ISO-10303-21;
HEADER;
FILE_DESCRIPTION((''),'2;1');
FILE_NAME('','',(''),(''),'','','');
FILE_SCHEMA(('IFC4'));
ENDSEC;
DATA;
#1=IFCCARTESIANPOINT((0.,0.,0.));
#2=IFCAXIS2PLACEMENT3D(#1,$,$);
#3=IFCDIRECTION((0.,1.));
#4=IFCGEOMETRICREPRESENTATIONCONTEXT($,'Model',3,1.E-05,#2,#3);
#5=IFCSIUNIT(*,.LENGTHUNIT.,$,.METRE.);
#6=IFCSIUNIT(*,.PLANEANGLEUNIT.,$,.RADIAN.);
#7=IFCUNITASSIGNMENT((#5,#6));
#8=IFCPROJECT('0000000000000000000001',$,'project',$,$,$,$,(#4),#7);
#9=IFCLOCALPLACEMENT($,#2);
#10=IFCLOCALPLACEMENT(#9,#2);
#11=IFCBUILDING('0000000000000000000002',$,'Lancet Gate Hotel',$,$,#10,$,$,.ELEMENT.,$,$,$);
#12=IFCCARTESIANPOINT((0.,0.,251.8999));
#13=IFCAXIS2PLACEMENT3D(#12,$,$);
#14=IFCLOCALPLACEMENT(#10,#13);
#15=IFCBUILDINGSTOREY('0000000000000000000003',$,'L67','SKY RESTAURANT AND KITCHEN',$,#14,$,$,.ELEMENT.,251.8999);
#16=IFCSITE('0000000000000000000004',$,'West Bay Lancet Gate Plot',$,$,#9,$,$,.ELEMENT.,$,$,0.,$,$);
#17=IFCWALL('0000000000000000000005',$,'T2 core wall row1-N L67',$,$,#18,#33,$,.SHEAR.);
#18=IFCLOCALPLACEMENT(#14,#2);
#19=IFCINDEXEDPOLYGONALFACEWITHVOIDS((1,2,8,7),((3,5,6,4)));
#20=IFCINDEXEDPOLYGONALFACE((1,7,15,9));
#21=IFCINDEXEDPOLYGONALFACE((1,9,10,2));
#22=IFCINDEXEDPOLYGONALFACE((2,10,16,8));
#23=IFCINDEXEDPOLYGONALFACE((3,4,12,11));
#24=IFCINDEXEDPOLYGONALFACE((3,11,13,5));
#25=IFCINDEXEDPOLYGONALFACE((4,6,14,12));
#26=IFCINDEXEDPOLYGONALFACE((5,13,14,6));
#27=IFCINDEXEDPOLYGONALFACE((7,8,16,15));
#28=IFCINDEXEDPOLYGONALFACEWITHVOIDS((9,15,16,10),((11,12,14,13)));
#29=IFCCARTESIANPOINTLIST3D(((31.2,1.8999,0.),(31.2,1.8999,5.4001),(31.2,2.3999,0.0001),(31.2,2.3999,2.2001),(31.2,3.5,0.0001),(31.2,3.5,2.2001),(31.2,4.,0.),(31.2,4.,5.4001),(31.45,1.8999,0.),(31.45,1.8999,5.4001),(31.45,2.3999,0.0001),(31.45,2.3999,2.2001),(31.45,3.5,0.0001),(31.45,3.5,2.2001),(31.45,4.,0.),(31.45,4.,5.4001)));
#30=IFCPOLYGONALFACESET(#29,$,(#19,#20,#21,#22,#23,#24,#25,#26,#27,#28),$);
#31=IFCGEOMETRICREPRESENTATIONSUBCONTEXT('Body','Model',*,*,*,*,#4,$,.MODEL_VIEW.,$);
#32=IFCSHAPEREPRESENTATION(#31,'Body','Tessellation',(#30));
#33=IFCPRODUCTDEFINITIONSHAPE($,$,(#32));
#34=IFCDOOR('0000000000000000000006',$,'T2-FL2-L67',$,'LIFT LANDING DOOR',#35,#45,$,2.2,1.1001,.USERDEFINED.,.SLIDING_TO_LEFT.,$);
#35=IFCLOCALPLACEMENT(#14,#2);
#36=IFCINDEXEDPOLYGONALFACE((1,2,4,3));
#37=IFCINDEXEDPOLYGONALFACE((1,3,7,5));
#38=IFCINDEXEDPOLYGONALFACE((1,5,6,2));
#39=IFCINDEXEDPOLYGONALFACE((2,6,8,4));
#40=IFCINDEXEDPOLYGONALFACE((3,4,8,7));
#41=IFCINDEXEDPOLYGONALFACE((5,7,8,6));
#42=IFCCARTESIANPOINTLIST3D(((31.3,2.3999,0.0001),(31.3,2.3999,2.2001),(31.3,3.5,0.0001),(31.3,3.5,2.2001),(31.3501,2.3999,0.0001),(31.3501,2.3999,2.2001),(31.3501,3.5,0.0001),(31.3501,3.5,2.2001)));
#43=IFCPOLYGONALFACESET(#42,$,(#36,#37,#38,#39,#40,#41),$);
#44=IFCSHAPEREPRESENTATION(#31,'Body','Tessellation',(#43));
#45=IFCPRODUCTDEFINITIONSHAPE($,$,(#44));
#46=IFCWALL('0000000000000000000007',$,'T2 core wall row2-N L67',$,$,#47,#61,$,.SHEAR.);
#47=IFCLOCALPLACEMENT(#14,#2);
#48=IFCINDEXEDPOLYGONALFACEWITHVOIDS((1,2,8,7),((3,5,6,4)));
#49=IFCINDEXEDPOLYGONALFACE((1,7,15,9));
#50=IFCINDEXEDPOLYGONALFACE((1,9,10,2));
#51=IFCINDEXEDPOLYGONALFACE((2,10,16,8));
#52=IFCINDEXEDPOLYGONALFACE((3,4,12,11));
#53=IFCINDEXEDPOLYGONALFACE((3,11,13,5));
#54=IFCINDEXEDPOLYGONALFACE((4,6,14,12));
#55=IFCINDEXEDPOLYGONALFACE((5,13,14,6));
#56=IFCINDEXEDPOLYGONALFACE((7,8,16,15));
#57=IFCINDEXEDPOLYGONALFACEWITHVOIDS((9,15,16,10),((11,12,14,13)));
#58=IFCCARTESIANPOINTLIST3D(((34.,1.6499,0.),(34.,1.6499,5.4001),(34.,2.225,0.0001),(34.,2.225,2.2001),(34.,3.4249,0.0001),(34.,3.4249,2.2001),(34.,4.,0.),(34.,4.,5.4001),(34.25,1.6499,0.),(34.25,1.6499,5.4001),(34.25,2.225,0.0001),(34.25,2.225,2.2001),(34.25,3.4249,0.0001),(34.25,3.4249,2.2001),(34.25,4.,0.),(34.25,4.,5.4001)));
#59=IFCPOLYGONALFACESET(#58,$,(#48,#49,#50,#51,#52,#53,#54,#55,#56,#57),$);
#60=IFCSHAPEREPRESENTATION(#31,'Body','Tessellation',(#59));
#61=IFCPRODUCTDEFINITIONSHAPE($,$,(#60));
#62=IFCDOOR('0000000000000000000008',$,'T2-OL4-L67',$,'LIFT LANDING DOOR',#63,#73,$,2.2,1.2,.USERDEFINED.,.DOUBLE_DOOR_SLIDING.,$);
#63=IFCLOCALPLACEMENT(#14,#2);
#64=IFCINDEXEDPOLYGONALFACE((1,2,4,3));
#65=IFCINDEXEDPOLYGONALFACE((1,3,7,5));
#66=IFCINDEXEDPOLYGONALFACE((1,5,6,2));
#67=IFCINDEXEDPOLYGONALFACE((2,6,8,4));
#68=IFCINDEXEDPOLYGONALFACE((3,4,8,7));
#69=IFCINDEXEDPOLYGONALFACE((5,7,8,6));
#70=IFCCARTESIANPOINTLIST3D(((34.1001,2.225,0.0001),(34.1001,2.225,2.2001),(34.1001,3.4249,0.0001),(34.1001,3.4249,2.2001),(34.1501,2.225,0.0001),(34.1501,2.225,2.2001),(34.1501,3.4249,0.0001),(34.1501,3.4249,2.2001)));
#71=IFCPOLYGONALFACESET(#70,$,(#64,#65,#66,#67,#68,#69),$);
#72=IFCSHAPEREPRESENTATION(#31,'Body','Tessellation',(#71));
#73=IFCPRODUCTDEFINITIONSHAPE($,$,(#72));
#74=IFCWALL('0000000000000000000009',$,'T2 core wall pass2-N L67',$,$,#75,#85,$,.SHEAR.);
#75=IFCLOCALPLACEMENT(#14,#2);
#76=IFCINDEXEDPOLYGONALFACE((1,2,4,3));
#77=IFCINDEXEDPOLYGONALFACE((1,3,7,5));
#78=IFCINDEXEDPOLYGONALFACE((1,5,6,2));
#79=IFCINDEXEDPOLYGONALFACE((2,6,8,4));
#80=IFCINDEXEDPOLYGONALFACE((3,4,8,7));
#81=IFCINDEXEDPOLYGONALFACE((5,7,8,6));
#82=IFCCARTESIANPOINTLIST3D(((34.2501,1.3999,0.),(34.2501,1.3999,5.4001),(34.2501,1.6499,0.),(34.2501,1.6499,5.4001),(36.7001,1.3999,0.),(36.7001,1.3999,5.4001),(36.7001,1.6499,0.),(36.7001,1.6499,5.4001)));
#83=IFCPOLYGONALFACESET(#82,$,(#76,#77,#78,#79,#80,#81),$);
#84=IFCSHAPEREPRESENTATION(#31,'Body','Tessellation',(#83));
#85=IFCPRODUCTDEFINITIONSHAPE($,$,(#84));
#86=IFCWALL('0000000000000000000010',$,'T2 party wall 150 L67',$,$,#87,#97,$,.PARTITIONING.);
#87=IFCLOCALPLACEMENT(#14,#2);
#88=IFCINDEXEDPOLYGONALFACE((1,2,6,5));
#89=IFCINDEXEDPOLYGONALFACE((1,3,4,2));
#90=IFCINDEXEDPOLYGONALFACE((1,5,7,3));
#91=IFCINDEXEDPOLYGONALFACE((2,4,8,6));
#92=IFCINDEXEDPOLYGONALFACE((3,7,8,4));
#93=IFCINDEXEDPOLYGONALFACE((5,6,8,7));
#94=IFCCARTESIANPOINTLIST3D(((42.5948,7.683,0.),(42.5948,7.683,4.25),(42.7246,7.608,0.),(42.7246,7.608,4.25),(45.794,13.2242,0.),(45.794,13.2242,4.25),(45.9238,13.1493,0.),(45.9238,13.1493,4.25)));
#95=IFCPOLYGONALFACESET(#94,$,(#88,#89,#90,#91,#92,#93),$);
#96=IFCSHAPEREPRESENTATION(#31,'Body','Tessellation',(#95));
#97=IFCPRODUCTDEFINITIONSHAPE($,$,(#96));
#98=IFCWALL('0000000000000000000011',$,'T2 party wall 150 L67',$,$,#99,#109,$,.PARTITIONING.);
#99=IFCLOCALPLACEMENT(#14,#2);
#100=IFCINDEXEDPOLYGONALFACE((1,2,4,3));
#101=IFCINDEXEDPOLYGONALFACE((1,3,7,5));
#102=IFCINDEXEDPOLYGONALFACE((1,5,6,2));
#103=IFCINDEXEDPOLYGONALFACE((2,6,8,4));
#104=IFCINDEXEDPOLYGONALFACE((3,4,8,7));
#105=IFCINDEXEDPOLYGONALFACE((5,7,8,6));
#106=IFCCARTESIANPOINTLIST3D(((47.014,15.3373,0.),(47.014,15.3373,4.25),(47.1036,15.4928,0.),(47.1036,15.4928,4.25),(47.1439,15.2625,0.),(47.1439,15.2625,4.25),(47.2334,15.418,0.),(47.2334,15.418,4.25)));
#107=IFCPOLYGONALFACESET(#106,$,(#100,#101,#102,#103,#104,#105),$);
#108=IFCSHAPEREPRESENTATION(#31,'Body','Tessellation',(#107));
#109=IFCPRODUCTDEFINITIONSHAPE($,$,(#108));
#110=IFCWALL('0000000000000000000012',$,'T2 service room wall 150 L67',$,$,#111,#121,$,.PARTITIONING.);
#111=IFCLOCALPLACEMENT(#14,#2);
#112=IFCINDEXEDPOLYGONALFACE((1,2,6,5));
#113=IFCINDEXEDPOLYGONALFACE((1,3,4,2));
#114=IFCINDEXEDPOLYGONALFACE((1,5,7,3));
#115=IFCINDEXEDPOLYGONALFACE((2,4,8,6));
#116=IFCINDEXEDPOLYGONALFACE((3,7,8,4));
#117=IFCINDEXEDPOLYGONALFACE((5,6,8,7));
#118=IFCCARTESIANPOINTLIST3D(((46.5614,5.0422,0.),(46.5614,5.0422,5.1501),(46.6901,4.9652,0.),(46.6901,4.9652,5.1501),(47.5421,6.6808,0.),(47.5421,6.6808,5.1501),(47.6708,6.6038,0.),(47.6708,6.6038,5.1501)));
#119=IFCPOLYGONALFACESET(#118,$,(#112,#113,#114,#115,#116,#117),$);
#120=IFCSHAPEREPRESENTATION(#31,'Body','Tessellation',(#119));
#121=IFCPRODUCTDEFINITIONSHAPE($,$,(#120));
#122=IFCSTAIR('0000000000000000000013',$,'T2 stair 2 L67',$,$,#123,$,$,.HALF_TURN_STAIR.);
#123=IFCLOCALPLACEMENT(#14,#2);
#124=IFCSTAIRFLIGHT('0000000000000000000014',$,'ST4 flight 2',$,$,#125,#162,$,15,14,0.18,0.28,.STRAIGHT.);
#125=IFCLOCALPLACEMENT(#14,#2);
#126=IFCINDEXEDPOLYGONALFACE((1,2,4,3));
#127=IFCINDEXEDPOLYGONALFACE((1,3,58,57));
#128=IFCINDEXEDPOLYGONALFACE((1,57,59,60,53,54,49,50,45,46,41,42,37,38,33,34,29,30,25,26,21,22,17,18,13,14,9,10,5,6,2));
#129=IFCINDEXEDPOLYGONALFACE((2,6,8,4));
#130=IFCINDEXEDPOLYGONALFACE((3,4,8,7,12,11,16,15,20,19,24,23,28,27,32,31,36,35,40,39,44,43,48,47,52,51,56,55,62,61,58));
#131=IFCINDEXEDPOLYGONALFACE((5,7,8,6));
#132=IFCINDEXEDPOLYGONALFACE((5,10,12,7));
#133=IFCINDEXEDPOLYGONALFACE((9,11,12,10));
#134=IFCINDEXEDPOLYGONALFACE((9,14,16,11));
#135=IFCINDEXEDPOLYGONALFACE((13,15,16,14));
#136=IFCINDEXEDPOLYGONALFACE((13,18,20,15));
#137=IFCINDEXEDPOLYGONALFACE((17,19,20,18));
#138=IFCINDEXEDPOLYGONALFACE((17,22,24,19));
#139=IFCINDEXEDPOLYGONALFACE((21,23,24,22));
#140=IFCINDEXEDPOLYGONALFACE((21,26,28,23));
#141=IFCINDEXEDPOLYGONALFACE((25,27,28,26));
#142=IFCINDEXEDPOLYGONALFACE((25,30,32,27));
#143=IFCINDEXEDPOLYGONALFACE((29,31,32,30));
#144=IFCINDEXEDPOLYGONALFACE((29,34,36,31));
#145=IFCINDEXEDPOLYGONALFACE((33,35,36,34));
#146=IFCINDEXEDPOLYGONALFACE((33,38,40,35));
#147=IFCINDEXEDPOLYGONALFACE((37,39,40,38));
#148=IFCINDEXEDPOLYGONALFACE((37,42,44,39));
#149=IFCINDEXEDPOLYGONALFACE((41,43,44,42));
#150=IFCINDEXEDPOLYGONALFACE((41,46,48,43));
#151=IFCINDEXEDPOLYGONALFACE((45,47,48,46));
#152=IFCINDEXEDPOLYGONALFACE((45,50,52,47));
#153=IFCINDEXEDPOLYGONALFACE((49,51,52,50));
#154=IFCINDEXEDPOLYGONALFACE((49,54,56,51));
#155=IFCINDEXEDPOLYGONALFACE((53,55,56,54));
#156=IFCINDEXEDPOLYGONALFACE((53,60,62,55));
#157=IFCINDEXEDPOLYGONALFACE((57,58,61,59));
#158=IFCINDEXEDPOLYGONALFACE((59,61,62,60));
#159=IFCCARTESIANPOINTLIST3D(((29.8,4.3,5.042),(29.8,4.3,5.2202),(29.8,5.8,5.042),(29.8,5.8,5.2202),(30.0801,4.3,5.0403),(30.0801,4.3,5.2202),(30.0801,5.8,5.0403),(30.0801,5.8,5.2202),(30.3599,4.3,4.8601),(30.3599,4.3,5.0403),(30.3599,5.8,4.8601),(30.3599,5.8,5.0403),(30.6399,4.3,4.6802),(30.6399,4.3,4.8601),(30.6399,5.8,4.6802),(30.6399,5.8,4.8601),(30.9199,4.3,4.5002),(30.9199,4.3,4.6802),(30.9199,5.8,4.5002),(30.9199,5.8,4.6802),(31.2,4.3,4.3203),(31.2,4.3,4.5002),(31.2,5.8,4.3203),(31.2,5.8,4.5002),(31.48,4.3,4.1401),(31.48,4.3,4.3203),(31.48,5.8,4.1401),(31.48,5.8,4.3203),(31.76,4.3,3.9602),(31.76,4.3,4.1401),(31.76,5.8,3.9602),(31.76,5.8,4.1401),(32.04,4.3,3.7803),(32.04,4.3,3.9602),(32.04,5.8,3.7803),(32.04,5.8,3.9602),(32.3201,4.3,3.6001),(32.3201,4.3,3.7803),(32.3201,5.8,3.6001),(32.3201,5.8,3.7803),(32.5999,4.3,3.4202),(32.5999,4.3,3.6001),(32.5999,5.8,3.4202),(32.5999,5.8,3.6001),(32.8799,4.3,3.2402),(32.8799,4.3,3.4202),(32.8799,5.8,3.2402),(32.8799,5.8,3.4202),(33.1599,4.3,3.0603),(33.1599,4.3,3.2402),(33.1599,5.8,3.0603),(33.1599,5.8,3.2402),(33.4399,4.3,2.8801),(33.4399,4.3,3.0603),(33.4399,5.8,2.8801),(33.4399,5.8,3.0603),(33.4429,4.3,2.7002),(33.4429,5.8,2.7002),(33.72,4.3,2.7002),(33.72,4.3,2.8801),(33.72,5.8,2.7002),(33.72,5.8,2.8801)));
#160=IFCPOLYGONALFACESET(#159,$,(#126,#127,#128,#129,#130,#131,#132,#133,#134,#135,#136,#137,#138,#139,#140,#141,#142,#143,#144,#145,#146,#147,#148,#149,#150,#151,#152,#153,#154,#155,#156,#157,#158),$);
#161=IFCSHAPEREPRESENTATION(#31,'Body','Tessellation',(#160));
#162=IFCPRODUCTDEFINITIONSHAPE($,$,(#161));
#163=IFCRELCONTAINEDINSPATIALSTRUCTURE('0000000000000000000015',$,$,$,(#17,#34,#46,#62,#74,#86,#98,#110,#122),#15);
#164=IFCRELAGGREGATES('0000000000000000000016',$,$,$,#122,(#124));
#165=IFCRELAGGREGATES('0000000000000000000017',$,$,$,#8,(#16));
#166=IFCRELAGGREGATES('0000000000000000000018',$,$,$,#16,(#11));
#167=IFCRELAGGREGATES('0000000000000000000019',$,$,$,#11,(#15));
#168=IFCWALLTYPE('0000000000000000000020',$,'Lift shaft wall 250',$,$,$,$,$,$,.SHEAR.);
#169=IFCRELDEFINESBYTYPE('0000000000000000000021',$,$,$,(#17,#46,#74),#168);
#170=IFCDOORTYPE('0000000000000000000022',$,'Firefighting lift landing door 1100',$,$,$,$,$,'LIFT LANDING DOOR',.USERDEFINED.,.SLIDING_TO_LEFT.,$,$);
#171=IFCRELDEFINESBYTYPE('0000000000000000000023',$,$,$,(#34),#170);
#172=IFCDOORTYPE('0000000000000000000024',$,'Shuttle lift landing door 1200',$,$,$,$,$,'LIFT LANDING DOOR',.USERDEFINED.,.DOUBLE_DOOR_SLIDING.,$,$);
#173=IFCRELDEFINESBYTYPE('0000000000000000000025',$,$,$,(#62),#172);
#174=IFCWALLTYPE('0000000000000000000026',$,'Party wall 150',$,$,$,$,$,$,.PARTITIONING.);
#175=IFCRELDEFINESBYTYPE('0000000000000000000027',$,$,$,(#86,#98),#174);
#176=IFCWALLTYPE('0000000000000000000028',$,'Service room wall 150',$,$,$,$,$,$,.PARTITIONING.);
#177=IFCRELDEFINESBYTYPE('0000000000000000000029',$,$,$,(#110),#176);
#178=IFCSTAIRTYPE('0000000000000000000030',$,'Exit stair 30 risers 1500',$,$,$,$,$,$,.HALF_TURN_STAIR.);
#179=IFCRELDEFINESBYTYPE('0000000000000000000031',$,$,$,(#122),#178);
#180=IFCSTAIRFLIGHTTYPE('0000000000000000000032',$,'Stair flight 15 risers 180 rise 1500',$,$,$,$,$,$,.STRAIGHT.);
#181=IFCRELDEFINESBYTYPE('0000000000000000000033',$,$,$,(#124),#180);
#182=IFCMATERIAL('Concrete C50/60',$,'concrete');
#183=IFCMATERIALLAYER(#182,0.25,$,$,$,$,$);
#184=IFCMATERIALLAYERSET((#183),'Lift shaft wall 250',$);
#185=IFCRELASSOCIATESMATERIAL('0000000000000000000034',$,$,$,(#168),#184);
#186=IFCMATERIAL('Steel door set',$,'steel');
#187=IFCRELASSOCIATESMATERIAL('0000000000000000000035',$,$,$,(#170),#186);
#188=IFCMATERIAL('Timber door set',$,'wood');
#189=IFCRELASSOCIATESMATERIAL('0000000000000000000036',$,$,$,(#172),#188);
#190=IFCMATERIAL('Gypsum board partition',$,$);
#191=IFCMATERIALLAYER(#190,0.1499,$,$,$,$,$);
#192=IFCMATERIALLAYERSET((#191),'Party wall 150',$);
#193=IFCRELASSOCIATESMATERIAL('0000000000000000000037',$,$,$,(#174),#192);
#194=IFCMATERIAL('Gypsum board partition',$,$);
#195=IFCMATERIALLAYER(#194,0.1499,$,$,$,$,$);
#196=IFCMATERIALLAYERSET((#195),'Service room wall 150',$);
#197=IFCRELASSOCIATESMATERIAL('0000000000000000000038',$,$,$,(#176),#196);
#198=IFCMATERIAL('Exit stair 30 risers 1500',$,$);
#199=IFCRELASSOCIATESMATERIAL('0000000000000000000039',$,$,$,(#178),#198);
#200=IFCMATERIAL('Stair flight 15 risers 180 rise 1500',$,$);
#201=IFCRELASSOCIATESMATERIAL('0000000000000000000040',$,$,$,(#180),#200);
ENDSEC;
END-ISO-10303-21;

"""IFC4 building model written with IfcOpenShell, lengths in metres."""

from ifc_helpers import new_model, si_unit, direction, frame, frame_2d, origin, place, context, subcontext, project, spatial, polyline, rectangle, outline, extrude, material, layer, layer_set, type_object, element, fill, aggregate, save


model = new_model("IFC4")

# Units and contexts
model_context = context("Model", 3, precision=1e-05, world=origin(), true_north=direction((0.0, 1.0)))
body_context = subcontext(model_context, "Body", "Model", "MODEL_VIEW")
ifc_project = project(units=[si_unit("LENGTHUNIT", "METRE"), si_unit("PLANEANGLEUNIT", "RADIAN")], contexts=[model_context])

# Site, building, storey
site_placement = place(None, origin())
site = spatial("IfcSite", under=ifc_project, at=site_placement, Name="West Bay Lancet Gate Plot", CompositionType="ELEMENT", RefElevation=0.0)
building_placement = place(site_placement, origin())
building = spatial("IfcBuilding", under=site, at=building_placement, Name="Lancet Gate Hotel", CompositionType="ELEMENT")
storey_placement = place(building_placement, frame((0.0, 0.0, 251.8999)))
storey = spatial("IfcBuildingStorey", under=building, at=storey_placement, Name="L67", Description="SKY RESTAURANT AND KITCHEN", CompositionType="ELEMENT", Elevation=251.8999)

# Walls, openings, doors
ifc_material_1 = material(Name="Concrete C50/60", Category="concrete")
ifc_layer_1 = layer(ifc_material_1, 0.25)
ifc_layer_set_1 = layer_set([ifc_layer_1], Name="Lift shaft wall 250")
wall_type_1 = type_object("IfcWallType", Name="Lift shaft wall 250", PredefinedType="SHEAR", material=ifc_layer_set_1)
wall_1_placement = place(storey_placement, frame((31.325, 1.8999, 0.0), z_axis=(0.0, 0.0, 1.0), x_axis=(0.0, 1.0, 0.0)))
wall_1 = element("IfcWall", 1, at=wall_1_placement, inside=storey, type_object=wall_type_1, Name="T2 core wall row1-N L67", PredefinedType="SHEAR", context=body_context, shape_type="SweptSolid", body=[
    extrude(rectangle(XDim=2.1001, YDim=0.25, at=frame_2d((1.05, 0.0))), origin(), (0.0, 0.0, 1.0), 5.4001),
])
opening_1_placement = place(wall_1_placement, frame((0.5, 0.0, 0.0)))
opening_1 = element("IfcOpeningElement", 2, at=opening_1_placement, cuts=wall_1, PredefinedType="OPENING", context=body_context, shape_type="SweptSolid", body=[
    extrude(rectangle(XDim=1.1001, YDim=2.2, at=frame_2d((0.55, 1.1001))), frame((0.0, 0.135, 0.0), z_axis=(0.0, -1.0, 0.0), x_axis=(1.0, 0.0, 0.0)), (0.0, 0.0, 1.0), 0.27),
])
ifc_material_2 = material(Name="Steel door set", Category="steel")
door_type_1 = type_object("IfcDoorType", Name="Firefighting lift landing door 1100", ElementType="LIFT LANDING DOOR", OperationType="SLIDING_TO_LEFT", PredefinedType="USERDEFINED", material=ifc_material_2)
door_1_placement = place(opening_1_placement, origin())
door_1 = element("IfcDoor", 3, at=door_1_placement, inside=storey, type_object=door_type_1, Name="T2-FL2-L67", ObjectType="LIFT LANDING DOOR", OperationType="SLIDING_TO_LEFT", OverallHeight=2.2, OverallWidth=1.1001, PredefinedType="USERDEFINED", context=body_context, shape_type="SweptSolid", body=[
    extrude(rectangle(XDim=1.1001, YDim=2.2, at=frame_2d((0.55, 1.1001))), frame((0.0, 0.0249, 0.0), z_axis=(0.0, -1.0, 0.0), x_axis=(1.0, 0.0, 0.0)), (0.0, 0.0, 1.0), 0.05),
])
fill(opening_1, door_1)
wall_2_placement = place(storey_placement, frame((34.125, 1.6499, 0.0), z_axis=(0.0, 0.0, 1.0), x_axis=(0.0, 1.0, 0.0)))
wall_2 = element("IfcWall", 4, at=wall_2_placement, inside=storey, type_object=wall_type_1, Name="T2 core wall row2-N L67", PredefinedType="SHEAR", context=body_context, shape_type="SweptSolid", body=[
    extrude(rectangle(XDim=2.3501, YDim=0.25, at=frame_2d((1.175, 0.0))), origin(), (0.0, 0.0, 1.0), 5.4001),
])
opening_2_placement = place(wall_2_placement, frame((0.575, 0.0, 0.0)))
opening_2 = element("IfcOpeningElement", 5, at=opening_2_placement, cuts=wall_2, PredefinedType="OPENING", context=body_context, shape_type="SweptSolid", body=[
    extrude(rectangle(XDim=1.2, YDim=2.2, at=frame_2d((0.6001, 1.1001))), frame((0.0, 0.135, 0.0), z_axis=(0.0, -1.0, 0.0), x_axis=(1.0, 0.0, 0.0)), (0.0, 0.0, 1.0), 0.27),
])
ifc_material_3 = material(Name="Timber door set", Category="wood")
door_type_2 = type_object("IfcDoorType", Name="Shuttle lift landing door 1200", ElementType="LIFT LANDING DOOR", OperationType="DOUBLE_DOOR_SLIDING", PredefinedType="USERDEFINED", material=ifc_material_3)
door_2_placement = place(opening_2_placement, origin())
door_2 = element("IfcDoor", 6, at=door_2_placement, inside=storey, type_object=door_type_2, Name="T2-OL4-L67", ObjectType="LIFT LANDING DOOR", OperationType="DOUBLE_DOOR_SLIDING", OverallHeight=2.2, OverallWidth=1.2, PredefinedType="USERDEFINED", context=body_context, shape_type="SweptSolid", body=[
    extrude(rectangle(XDim=1.2, YDim=2.2, at=frame_2d((0.6001, 1.1001))), frame((0.0, 0.0249, 0.0), z_axis=(0.0, -1.0, 0.0), x_axis=(1.0, 0.0, 0.0)), (0.0, 0.0, 1.0), 0.05),
])
fill(opening_2, door_2)

# Walls
wall_3_placement = place(storey_placement, frame((34.25, 1.5249, 0.0), z_axis=(0.0, 0.0, 1.0), x_axis=(1.0, 0.0, 0.0)))
element("IfcWall", 7, at=wall_3_placement, inside=storey, type_object=wall_type_1, Name="T2 core wall pass2-N L67", PredefinedType="SHEAR", context=body_context, shape_type="SweptSolid", body=[
    extrude(rectangle(XDim=2.45, YDim=0.25, at=frame_2d((1.2251, 0.0))), origin(), (0.0, 0.0, 1.0), 5.4001),
])
ifc_material_4 = material(Name="Gypsum board partition")
ifc_layer_2 = layer(ifc_material_4, 0.1499)
ifc_layer_set_2 = layer_set([ifc_layer_2], Name="Party wall 150")
wall_type_2 = type_object("IfcWallType", Name="Party wall 150", PredefinedType="PARTITIONING", material=ifc_layer_set_2)
wall_4_placement = place(storey_placement, frame((42.6597, 7.6455, 0.0), z_axis=(0.0, 0.0, 1.0), x_axis=(0.499997, 0.866027, 0.0)))
element("IfcWall", 8, at=wall_4_placement, inside=storey, type_object=wall_type_2, Name="T2 party wall 150 L67", PredefinedType="PARTITIONING", context=body_context, shape_type="SweptSolid", body=[
    extrude(rectangle(XDim=6.3984, YDim=0.1499, at=frame_2d((3.1992, 0.0))), origin(), (0.0, 0.0, 1.0), 4.25),
])
wall_5_placement = place(storey_placement, frame((47.0789, 15.2998, 0.0), z_axis=(0.0, 0.0, 1.0), x_axis=(0.499212, 0.86648, 0.0)))
element("IfcWall", 9, at=wall_5_placement, inside=storey, type_object=wall_type_2, Name="T2 party wall 150 L67", PredefinedType="PARTITIONING", context=body_context, shape_type="SweptSolid", body=[
    extrude(rectangle(XDim=0.1794, YDim=0.1499, at=frame_2d((0.0898, 0.0))), origin(), (0.0, 0.0, 1.0), 4.25),
])
ifc_material_5 = material(Name="Gypsum board partition")
ifc_layer_3 = layer(ifc_material_5, 0.1499)
ifc_layer_set_3 = layer_set([ifc_layer_3], Name="Service room wall 150")
wall_type_3 = type_object("IfcWallType", Name="Service room wall 150", PredefinedType="PARTITIONING", material=ifc_layer_set_3)
wall_6_placement = place(storey_placement, frame((47.6064, 6.6423, 0.0), z_axis=(0.0, 0.0, 1.0), x_axis=(-0.513537, -0.858068, 0.0)))
element("IfcWall", 10, at=wall_6_placement, inside=storey, type_object=wall_type_3, Name="T2 service room wall 150 L67", PredefinedType="PARTITIONING", context=body_context, shape_type="SweptSolid", body=[
    extrude(rectangle(XDim=1.9097, YDim=0.1499, at=frame_2d((0.9548, 0.0))), origin(), (0.0, 0.0, 1.0), 5.1501),
])

# Stair, stair flight
ifc_material_6 = material(Name="Exit stair 30 risers 1500")
stair_type = type_object("IfcStairType", Name="Exit stair 30 risers 1500", PredefinedType="HALF_TURN_STAIR", material=ifc_material_6)
stair_placement = place(storey_placement, origin())
stair = element("IfcStair", 11, at=stair_placement, inside=storey, type_object=stair_type, Name="T2 stair 2 L67", PredefinedType="HALF_TURN_STAIR")
ifc_material_7 = material(Name="Stair flight 15 risers 180 rise 1500")
stair_flight_type = type_object("IfcStairFlightType", Name="Stair flight 15 risers 180 rise 1500", PredefinedType="STRAIGHT", material=ifc_material_7)
stair_flight_placement = place(storey_placement, frame((33.72, 5.05, 2.7002), z_axis=(0.0, 0.0, 1.0), x_axis=(-1.0, 0.0, 0.0)))
stair_flight = element("IfcStairFlight", 12, at=stair_flight_placement, type_object=stair_flight_type, Name="ST4 flight 2", NumberOfRisers=15, NumberOfTreads=14, PredefinedType="STRAIGHT", RiserHeight=0.18, TreadLength=0.28, context=body_context, shape_type="SweptSolid", body=[
    extrude(outline(polyline([(0.0, 0.0), (0.0, 0.1799), (0.28, 0.1799), (0.28, 0.3601), (0.5601, 0.3601), (0.5601, 0.54), (0.8401, 0.54), (0.8401, 0.72), (1.1201, 0.72), (1.1201, 0.8999), (1.3999, 0.8999), (1.3999, 1.0801), (1.6799, 1.0801), (1.6799, 1.26), (1.96, 1.26), (1.96, 1.4399), (2.24, 1.4399), (2.24, 1.6201), (2.52, 1.6201), (2.52, 1.8), (2.8, 1.8), (2.8, 1.98), (3.0801, 1.98), (3.0801, 2.1599), (3.3601, 2.1599), (3.3601, 2.3401), (3.6399, 2.3401), (3.6399, 2.52), (3.9199, 2.52), (3.9199, 2.7), (3.9199, 2.3418), (0.2771, 0.0), (0.0, 0.0)])), frame((0.0, 0.75, 0.0), z_axis=(0.0, -1.0, 0.0), x_axis=(1.0, 0.0, 0.0)), (0.0, 0.0, 1.0), 1.5),
])
aggregate(stair, [stair_flight])

save(model, "model.ifc")
